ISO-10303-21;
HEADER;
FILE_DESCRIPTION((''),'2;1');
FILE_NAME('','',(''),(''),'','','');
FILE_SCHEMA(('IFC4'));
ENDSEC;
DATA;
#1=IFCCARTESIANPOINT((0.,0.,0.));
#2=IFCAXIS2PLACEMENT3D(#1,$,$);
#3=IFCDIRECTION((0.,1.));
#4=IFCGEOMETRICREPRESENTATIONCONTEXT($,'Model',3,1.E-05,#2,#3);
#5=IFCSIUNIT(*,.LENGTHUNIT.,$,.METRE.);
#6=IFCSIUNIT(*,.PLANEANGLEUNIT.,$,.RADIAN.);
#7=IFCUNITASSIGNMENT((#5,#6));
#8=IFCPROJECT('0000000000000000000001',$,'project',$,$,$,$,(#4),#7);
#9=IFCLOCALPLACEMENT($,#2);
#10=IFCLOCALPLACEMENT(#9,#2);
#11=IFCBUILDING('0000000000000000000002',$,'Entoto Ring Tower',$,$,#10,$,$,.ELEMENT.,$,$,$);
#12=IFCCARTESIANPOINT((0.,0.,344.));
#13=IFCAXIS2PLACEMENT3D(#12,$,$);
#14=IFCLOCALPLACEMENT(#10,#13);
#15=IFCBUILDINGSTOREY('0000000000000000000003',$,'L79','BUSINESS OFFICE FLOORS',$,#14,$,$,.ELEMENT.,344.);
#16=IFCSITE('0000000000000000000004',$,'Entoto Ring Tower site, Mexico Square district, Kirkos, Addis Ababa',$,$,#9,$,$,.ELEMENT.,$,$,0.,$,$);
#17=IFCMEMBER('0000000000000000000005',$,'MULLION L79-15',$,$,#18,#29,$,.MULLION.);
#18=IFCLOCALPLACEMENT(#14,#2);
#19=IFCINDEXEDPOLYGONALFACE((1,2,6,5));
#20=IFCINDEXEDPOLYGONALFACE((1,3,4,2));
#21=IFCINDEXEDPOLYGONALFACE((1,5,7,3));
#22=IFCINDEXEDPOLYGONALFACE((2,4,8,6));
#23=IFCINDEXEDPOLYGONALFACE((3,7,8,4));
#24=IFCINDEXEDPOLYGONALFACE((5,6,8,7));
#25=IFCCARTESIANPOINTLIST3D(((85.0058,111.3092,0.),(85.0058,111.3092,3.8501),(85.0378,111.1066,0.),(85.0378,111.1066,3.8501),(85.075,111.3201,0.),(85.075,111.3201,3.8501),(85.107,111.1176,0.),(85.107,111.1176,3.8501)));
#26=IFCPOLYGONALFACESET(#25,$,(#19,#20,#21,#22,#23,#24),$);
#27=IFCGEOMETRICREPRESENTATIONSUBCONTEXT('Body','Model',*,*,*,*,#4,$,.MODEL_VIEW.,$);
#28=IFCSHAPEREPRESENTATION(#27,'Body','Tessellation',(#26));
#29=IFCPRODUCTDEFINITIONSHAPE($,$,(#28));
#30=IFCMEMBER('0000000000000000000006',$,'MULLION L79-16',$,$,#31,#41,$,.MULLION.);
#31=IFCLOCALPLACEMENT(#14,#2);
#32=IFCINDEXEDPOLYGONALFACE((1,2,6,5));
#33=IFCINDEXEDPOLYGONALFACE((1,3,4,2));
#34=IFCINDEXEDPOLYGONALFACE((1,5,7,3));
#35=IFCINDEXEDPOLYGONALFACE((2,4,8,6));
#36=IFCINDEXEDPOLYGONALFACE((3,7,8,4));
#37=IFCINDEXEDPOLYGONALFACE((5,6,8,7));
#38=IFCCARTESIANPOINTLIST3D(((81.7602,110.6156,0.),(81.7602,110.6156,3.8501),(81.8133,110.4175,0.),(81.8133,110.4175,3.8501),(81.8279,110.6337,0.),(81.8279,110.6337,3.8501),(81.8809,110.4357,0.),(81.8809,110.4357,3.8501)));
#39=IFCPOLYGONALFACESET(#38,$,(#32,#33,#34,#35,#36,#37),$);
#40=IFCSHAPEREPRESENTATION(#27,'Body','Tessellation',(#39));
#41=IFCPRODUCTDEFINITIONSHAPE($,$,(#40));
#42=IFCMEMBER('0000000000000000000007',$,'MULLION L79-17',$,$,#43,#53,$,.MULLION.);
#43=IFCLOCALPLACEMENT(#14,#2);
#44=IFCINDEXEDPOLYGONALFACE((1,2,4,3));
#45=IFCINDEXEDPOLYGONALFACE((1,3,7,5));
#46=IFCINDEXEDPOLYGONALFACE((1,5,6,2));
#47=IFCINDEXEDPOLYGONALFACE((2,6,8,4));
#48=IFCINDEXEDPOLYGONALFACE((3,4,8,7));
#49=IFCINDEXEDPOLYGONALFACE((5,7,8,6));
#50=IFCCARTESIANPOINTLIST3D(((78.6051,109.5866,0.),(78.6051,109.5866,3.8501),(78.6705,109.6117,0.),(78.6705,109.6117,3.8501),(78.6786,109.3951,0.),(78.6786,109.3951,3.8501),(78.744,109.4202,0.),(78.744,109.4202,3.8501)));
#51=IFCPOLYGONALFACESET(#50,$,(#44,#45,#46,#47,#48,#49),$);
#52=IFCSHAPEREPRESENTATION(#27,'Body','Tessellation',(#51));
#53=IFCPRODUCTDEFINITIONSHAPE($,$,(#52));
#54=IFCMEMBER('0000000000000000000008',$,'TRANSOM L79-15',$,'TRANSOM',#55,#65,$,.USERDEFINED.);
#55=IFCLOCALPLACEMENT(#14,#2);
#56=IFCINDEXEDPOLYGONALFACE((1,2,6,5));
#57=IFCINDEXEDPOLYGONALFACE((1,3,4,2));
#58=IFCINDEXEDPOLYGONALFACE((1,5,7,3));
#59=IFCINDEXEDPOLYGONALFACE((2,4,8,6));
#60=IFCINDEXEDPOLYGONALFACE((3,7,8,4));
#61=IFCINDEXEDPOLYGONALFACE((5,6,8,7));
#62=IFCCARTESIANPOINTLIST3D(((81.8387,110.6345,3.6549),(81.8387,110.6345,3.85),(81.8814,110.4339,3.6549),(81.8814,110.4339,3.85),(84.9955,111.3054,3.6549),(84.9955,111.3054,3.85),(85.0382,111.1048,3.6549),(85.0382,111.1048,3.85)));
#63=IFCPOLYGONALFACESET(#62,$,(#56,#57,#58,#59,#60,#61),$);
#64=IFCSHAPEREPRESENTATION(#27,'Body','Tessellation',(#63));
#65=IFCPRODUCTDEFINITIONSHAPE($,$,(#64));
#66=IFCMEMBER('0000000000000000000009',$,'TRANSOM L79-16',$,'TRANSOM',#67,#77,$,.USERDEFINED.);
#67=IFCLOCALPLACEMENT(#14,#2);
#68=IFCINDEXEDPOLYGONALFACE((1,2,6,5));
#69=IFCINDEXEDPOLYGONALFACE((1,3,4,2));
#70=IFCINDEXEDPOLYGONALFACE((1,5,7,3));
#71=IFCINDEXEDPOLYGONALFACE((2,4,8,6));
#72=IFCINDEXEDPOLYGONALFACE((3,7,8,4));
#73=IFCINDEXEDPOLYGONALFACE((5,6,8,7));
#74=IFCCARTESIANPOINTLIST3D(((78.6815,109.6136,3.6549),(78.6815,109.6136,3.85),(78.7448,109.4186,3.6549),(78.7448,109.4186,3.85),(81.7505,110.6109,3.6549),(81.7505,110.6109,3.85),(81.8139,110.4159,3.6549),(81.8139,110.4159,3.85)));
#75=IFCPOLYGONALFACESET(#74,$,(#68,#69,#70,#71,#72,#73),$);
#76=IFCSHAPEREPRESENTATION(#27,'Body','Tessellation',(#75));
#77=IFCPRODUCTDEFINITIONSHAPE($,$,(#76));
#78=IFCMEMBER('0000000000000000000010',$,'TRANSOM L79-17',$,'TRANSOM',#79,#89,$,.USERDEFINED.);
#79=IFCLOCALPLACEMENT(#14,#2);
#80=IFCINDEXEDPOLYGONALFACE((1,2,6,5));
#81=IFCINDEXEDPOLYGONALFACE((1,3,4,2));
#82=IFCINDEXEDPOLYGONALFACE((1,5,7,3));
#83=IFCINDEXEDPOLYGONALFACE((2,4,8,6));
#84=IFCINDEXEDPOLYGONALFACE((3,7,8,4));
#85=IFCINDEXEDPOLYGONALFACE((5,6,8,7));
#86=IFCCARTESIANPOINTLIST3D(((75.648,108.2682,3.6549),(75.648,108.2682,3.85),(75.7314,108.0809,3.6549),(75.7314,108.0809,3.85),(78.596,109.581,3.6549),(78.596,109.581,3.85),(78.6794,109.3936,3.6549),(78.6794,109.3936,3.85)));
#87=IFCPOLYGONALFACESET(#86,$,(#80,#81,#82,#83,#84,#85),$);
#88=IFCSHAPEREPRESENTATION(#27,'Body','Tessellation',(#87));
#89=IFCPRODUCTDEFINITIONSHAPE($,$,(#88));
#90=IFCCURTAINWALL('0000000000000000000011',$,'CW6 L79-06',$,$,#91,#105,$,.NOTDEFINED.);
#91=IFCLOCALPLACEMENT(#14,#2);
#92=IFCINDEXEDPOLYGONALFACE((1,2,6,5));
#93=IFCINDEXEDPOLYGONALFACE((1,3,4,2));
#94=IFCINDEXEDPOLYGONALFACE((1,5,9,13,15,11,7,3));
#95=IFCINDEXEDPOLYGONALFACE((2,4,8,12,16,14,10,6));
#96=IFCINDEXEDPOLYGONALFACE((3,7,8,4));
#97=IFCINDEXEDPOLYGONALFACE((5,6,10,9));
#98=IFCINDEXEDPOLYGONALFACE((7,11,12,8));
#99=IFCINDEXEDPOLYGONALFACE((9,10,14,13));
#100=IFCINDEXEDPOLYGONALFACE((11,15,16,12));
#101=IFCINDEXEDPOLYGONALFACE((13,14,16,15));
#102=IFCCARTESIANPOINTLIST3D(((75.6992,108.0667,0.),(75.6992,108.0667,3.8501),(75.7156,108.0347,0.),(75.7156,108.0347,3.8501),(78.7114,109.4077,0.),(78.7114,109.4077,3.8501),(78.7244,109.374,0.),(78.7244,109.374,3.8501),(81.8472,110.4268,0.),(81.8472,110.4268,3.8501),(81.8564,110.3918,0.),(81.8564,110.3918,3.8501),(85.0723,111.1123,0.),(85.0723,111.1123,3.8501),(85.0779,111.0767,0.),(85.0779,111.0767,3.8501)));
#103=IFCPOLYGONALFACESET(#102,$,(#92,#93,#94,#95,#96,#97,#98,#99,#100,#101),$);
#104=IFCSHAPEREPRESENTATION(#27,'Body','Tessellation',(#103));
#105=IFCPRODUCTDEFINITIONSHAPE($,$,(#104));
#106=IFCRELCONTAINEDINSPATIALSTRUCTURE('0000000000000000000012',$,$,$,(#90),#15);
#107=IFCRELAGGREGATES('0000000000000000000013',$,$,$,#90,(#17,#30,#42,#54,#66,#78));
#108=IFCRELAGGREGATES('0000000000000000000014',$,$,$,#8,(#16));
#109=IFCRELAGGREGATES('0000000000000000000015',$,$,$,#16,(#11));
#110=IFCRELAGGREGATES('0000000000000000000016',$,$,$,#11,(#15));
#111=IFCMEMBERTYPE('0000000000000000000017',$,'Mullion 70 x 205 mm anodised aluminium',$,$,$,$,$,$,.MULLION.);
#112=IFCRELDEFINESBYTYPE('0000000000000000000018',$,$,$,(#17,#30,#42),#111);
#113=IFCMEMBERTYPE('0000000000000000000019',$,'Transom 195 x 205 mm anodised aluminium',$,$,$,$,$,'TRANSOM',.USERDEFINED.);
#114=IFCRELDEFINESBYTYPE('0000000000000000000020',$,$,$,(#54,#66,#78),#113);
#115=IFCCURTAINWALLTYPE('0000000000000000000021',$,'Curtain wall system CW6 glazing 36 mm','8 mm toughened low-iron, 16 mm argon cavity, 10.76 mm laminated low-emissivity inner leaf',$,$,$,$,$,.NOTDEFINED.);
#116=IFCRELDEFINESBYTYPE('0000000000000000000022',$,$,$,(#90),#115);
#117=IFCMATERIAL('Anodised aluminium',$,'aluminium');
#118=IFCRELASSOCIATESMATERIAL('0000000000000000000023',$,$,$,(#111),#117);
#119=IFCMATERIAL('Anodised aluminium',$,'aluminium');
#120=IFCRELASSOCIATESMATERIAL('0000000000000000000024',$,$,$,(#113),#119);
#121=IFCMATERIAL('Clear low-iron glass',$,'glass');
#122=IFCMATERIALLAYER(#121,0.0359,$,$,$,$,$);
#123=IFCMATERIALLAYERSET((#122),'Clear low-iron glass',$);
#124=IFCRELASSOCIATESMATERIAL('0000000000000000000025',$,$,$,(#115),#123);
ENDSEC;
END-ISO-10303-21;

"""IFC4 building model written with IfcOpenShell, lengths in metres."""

from ifc_helpers import new_model, si_unit, direction, frame, origin, origin_2d, place, context, subcontext, project, spatial, polyline, rectangle, outline, extrude, material, layer, layer_set, material_profile, profile_set, type_object, element, aggregate, save


model = new_model("IFC4")

# Units and contexts
model_context = context("Model", 3, precision=1e-05, world=origin(), true_north=direction((0.0, 1.0)))
body_context = subcontext(model_context, "Body", "Model", "MODEL_VIEW")
ifc_project = project(units=[si_unit("LENGTHUNIT", "METRE"), si_unit("PLANEANGLEUNIT", "RADIAN")], contexts=[model_context])

# Members
ifc_material_1 = material(Name="Anodised aluminium", Category="aluminium")
ifc_material_profile_1 = material_profile(ifc_material_1, rectangle(XDim=0.0701, YDim=0.2051, at=origin_2d()), Name="Mullion 70 x 205 mm anodised aluminium")
ifc_profile_set_1 = profile_set([ifc_material_profile_1], Name="Anodised aluminium")
member_type_1 = type_object("IfcMemberType", Name="Mullion 70 x 205 mm anodised aluminium", PredefinedType="MULLION", material=ifc_profile_set_1)
site_placement = place(None, origin())
building_placement = place(site_placement, origin())
storey_placement = place(building_placement, frame((0.0, 0.0, 344.0)))
member_1_placement = place(storey_placement, frame((85.0564, 111.2134, 0.0), z_axis=(0.0, 0.0, 1.0), x_axis=(-0.987688, -0.156434, 0.0)))
member_1 = element("IfcMember", 1, at=member_1_placement, type_object=member_type_1, Name="MULLION L79-15", PredefinedType="MULLION", context=body_context, shape_type="SweptSolid", body=[
    extrude(rectangle(XDim=0.0701, YDim=0.2051, at=origin_2d()), origin(), (0.0, 0.0, 1.0), 3.8501),
])
member_2_placement = place(storey_placement, frame((81.8206, 110.5256, 0.0), z_axis=(0.0, 0.0, 1.0), x_axis=(-0.965926, -0.258819, 0.0)))
member_2 = element("IfcMember", 2, at=member_2_placement, type_object=member_type_1, Name="MULLION L79-16", PredefinedType="MULLION", context=body_context, shape_type="SweptSolid", body=[
    extrude(rectangle(XDim=0.0701, YDim=0.2051, at=origin_2d()), origin(), (0.0, 0.0, 1.0), 3.8501),
])
member_3_placement = place(storey_placement, frame((78.6746, 109.5034, 0.0), z_axis=(0.0, 0.0, 1.0), x_axis=(-0.93358, -0.358368, 0.0)))
member_3 = element("IfcMember", 3, at=member_3_placement, type_object=member_type_1, Name="MULLION L79-17", PredefinedType="MULLION", context=body_context, shape_type="SweptSolid", body=[
    extrude(rectangle(XDim=0.0701, YDim=0.2051, at=origin_2d()), origin(), (0.0, 0.0, 1.0), 3.8501),
])
ifc_material_2 = material(Name="Anodised aluminium", Category="aluminium")
ifc_material_profile_2 = material_profile(ifc_material_2, rectangle(XDim=0.2051, YDim=0.1951, at=origin_2d()), Name="Transom 195 x 205 mm anodised aluminium")
ifc_profile_set_2 = profile_set([ifc_material_profile_2], Name="Anodised aluminium")
member_type_2 = type_object("IfcMemberType", Name="Transom 195 x 205 mm anodised aluminium", ElementType="TRANSOM", PredefinedType="USERDEFINED", material=ifc_profile_set_2)
member_4_placement = place(storey_placement, frame((85.0168, 111.2051, 3.7524), z_axis=(-0.978153, -0.207886, 0.0), x_axis=(0.207886, -0.978153, 0.0)))
member_4 = element("IfcMember", 4, at=member_4_placement, type_object=member_type_2, Name="TRANSOM L79-15", ObjectType="TRANSOM", PredefinedType="USERDEFINED", context=body_context, shape_type="SweptSolid", body=[
    extrude(rectangle(XDim=0.2051, YDim=0.1951, at=origin_2d()), origin(), (0.0, 0.0, 1.0), 3.2273),
])
member_5_placement = place(storey_placement, frame((81.7822, 110.5134, 3.7524), z_axis=(-0.951047, -0.309047, 0.0), x_axis=(0.309047, -0.951047, 0.0)))
member_5 = element("IfcMember", 5, at=member_5_placement, type_object=member_type_2, Name="TRANSOM L79-16", ObjectType="TRANSOM", PredefinedType="USERDEFINED", context=body_context, shape_type="SweptSolid", body=[
    extrude(rectangle(XDim=0.2051, YDim=0.1951, at=origin_2d()), origin(), (0.0, 0.0, 1.0), 3.2271),
])
member_6_placement = place(storey_placement, frame((78.6377, 109.4873, 3.7524), z_axis=(-0.913521, -0.406791, 0.0), x_axis=(0.406791, -0.913521, 0.0)))
member_6 = element("IfcMember", 6, at=member_6_placement, type_object=member_type_2, Name="TRANSOM L79-17", ObjectType="TRANSOM", PredefinedType="USERDEFINED", context=body_context, shape_type="SweptSolid", body=[
    extrude(rectangle(XDim=0.2051, YDim=0.1951, at=origin_2d()), origin(), (0.0, 0.0, 1.0), 3.2271),
])

# Site, building, storey
site = spatial("IfcSite", under=ifc_project, at=site_placement, Name="Entoto Ring Tower site, Mexico Square district, Kirkos, Addis Ababa", CompositionType="ELEMENT", RefElevation=0.0)
building = spatial("IfcBuilding", under=site, at=building_placement, Name="Entoto Ring Tower", CompositionType="ELEMENT")
storey = spatial("IfcBuildingStorey", under=building, at=storey_placement, Name="L79", Description="BUSINESS OFFICE FLOORS", CompositionType="ELEMENT", Elevation=344.0)

# Curtain wall
ifc_material_3 = material(Name="Clear low-iron glass", Category="glass")
ifc_layer = layer(ifc_material_3, 0.0359)
ifc_layer_set = layer_set([ifc_layer], Name="Clear low-iron glass")
curtain_wall_type = type_object("IfcCurtainWallType", Name="Curtain wall system CW6 glazing 36 mm", Description="8 mm toughened low-iron, 16 mm argon cavity, 10.76 mm laminated low-emissivity inner leaf", PredefinedType="NOTDEFINED", material=ifc_layer_set)
curtain_wall_1_placement = place(storey_placement, origin())
curtain_wall_1 = element("IfcCurtainWall", 7, at=curtain_wall_1_placement, inside=storey, type_object=curtain_wall_type, Name="CW6 L79-06", PredefinedType="NOTDEFINED", context=body_context, shape_type="SweptSolid", body=[
    extrude(outline(polyline([(85.0723, 111.1123), (81.8472, 110.4268), (78.7114, 109.4077), (75.6992, 108.0667), (75.7156, 108.0347), (78.7244, 109.374), (81.8564, 110.3918), (85.0779, 111.0767), (85.0723, 111.1123)])), origin(), (0.0, 0.0, 1.0), 3.8501),
])
aggregate(curtain_wall_1, [member_1, member_2, member_3, member_4, member_5, member_6])

save(model, "model.ifc")
